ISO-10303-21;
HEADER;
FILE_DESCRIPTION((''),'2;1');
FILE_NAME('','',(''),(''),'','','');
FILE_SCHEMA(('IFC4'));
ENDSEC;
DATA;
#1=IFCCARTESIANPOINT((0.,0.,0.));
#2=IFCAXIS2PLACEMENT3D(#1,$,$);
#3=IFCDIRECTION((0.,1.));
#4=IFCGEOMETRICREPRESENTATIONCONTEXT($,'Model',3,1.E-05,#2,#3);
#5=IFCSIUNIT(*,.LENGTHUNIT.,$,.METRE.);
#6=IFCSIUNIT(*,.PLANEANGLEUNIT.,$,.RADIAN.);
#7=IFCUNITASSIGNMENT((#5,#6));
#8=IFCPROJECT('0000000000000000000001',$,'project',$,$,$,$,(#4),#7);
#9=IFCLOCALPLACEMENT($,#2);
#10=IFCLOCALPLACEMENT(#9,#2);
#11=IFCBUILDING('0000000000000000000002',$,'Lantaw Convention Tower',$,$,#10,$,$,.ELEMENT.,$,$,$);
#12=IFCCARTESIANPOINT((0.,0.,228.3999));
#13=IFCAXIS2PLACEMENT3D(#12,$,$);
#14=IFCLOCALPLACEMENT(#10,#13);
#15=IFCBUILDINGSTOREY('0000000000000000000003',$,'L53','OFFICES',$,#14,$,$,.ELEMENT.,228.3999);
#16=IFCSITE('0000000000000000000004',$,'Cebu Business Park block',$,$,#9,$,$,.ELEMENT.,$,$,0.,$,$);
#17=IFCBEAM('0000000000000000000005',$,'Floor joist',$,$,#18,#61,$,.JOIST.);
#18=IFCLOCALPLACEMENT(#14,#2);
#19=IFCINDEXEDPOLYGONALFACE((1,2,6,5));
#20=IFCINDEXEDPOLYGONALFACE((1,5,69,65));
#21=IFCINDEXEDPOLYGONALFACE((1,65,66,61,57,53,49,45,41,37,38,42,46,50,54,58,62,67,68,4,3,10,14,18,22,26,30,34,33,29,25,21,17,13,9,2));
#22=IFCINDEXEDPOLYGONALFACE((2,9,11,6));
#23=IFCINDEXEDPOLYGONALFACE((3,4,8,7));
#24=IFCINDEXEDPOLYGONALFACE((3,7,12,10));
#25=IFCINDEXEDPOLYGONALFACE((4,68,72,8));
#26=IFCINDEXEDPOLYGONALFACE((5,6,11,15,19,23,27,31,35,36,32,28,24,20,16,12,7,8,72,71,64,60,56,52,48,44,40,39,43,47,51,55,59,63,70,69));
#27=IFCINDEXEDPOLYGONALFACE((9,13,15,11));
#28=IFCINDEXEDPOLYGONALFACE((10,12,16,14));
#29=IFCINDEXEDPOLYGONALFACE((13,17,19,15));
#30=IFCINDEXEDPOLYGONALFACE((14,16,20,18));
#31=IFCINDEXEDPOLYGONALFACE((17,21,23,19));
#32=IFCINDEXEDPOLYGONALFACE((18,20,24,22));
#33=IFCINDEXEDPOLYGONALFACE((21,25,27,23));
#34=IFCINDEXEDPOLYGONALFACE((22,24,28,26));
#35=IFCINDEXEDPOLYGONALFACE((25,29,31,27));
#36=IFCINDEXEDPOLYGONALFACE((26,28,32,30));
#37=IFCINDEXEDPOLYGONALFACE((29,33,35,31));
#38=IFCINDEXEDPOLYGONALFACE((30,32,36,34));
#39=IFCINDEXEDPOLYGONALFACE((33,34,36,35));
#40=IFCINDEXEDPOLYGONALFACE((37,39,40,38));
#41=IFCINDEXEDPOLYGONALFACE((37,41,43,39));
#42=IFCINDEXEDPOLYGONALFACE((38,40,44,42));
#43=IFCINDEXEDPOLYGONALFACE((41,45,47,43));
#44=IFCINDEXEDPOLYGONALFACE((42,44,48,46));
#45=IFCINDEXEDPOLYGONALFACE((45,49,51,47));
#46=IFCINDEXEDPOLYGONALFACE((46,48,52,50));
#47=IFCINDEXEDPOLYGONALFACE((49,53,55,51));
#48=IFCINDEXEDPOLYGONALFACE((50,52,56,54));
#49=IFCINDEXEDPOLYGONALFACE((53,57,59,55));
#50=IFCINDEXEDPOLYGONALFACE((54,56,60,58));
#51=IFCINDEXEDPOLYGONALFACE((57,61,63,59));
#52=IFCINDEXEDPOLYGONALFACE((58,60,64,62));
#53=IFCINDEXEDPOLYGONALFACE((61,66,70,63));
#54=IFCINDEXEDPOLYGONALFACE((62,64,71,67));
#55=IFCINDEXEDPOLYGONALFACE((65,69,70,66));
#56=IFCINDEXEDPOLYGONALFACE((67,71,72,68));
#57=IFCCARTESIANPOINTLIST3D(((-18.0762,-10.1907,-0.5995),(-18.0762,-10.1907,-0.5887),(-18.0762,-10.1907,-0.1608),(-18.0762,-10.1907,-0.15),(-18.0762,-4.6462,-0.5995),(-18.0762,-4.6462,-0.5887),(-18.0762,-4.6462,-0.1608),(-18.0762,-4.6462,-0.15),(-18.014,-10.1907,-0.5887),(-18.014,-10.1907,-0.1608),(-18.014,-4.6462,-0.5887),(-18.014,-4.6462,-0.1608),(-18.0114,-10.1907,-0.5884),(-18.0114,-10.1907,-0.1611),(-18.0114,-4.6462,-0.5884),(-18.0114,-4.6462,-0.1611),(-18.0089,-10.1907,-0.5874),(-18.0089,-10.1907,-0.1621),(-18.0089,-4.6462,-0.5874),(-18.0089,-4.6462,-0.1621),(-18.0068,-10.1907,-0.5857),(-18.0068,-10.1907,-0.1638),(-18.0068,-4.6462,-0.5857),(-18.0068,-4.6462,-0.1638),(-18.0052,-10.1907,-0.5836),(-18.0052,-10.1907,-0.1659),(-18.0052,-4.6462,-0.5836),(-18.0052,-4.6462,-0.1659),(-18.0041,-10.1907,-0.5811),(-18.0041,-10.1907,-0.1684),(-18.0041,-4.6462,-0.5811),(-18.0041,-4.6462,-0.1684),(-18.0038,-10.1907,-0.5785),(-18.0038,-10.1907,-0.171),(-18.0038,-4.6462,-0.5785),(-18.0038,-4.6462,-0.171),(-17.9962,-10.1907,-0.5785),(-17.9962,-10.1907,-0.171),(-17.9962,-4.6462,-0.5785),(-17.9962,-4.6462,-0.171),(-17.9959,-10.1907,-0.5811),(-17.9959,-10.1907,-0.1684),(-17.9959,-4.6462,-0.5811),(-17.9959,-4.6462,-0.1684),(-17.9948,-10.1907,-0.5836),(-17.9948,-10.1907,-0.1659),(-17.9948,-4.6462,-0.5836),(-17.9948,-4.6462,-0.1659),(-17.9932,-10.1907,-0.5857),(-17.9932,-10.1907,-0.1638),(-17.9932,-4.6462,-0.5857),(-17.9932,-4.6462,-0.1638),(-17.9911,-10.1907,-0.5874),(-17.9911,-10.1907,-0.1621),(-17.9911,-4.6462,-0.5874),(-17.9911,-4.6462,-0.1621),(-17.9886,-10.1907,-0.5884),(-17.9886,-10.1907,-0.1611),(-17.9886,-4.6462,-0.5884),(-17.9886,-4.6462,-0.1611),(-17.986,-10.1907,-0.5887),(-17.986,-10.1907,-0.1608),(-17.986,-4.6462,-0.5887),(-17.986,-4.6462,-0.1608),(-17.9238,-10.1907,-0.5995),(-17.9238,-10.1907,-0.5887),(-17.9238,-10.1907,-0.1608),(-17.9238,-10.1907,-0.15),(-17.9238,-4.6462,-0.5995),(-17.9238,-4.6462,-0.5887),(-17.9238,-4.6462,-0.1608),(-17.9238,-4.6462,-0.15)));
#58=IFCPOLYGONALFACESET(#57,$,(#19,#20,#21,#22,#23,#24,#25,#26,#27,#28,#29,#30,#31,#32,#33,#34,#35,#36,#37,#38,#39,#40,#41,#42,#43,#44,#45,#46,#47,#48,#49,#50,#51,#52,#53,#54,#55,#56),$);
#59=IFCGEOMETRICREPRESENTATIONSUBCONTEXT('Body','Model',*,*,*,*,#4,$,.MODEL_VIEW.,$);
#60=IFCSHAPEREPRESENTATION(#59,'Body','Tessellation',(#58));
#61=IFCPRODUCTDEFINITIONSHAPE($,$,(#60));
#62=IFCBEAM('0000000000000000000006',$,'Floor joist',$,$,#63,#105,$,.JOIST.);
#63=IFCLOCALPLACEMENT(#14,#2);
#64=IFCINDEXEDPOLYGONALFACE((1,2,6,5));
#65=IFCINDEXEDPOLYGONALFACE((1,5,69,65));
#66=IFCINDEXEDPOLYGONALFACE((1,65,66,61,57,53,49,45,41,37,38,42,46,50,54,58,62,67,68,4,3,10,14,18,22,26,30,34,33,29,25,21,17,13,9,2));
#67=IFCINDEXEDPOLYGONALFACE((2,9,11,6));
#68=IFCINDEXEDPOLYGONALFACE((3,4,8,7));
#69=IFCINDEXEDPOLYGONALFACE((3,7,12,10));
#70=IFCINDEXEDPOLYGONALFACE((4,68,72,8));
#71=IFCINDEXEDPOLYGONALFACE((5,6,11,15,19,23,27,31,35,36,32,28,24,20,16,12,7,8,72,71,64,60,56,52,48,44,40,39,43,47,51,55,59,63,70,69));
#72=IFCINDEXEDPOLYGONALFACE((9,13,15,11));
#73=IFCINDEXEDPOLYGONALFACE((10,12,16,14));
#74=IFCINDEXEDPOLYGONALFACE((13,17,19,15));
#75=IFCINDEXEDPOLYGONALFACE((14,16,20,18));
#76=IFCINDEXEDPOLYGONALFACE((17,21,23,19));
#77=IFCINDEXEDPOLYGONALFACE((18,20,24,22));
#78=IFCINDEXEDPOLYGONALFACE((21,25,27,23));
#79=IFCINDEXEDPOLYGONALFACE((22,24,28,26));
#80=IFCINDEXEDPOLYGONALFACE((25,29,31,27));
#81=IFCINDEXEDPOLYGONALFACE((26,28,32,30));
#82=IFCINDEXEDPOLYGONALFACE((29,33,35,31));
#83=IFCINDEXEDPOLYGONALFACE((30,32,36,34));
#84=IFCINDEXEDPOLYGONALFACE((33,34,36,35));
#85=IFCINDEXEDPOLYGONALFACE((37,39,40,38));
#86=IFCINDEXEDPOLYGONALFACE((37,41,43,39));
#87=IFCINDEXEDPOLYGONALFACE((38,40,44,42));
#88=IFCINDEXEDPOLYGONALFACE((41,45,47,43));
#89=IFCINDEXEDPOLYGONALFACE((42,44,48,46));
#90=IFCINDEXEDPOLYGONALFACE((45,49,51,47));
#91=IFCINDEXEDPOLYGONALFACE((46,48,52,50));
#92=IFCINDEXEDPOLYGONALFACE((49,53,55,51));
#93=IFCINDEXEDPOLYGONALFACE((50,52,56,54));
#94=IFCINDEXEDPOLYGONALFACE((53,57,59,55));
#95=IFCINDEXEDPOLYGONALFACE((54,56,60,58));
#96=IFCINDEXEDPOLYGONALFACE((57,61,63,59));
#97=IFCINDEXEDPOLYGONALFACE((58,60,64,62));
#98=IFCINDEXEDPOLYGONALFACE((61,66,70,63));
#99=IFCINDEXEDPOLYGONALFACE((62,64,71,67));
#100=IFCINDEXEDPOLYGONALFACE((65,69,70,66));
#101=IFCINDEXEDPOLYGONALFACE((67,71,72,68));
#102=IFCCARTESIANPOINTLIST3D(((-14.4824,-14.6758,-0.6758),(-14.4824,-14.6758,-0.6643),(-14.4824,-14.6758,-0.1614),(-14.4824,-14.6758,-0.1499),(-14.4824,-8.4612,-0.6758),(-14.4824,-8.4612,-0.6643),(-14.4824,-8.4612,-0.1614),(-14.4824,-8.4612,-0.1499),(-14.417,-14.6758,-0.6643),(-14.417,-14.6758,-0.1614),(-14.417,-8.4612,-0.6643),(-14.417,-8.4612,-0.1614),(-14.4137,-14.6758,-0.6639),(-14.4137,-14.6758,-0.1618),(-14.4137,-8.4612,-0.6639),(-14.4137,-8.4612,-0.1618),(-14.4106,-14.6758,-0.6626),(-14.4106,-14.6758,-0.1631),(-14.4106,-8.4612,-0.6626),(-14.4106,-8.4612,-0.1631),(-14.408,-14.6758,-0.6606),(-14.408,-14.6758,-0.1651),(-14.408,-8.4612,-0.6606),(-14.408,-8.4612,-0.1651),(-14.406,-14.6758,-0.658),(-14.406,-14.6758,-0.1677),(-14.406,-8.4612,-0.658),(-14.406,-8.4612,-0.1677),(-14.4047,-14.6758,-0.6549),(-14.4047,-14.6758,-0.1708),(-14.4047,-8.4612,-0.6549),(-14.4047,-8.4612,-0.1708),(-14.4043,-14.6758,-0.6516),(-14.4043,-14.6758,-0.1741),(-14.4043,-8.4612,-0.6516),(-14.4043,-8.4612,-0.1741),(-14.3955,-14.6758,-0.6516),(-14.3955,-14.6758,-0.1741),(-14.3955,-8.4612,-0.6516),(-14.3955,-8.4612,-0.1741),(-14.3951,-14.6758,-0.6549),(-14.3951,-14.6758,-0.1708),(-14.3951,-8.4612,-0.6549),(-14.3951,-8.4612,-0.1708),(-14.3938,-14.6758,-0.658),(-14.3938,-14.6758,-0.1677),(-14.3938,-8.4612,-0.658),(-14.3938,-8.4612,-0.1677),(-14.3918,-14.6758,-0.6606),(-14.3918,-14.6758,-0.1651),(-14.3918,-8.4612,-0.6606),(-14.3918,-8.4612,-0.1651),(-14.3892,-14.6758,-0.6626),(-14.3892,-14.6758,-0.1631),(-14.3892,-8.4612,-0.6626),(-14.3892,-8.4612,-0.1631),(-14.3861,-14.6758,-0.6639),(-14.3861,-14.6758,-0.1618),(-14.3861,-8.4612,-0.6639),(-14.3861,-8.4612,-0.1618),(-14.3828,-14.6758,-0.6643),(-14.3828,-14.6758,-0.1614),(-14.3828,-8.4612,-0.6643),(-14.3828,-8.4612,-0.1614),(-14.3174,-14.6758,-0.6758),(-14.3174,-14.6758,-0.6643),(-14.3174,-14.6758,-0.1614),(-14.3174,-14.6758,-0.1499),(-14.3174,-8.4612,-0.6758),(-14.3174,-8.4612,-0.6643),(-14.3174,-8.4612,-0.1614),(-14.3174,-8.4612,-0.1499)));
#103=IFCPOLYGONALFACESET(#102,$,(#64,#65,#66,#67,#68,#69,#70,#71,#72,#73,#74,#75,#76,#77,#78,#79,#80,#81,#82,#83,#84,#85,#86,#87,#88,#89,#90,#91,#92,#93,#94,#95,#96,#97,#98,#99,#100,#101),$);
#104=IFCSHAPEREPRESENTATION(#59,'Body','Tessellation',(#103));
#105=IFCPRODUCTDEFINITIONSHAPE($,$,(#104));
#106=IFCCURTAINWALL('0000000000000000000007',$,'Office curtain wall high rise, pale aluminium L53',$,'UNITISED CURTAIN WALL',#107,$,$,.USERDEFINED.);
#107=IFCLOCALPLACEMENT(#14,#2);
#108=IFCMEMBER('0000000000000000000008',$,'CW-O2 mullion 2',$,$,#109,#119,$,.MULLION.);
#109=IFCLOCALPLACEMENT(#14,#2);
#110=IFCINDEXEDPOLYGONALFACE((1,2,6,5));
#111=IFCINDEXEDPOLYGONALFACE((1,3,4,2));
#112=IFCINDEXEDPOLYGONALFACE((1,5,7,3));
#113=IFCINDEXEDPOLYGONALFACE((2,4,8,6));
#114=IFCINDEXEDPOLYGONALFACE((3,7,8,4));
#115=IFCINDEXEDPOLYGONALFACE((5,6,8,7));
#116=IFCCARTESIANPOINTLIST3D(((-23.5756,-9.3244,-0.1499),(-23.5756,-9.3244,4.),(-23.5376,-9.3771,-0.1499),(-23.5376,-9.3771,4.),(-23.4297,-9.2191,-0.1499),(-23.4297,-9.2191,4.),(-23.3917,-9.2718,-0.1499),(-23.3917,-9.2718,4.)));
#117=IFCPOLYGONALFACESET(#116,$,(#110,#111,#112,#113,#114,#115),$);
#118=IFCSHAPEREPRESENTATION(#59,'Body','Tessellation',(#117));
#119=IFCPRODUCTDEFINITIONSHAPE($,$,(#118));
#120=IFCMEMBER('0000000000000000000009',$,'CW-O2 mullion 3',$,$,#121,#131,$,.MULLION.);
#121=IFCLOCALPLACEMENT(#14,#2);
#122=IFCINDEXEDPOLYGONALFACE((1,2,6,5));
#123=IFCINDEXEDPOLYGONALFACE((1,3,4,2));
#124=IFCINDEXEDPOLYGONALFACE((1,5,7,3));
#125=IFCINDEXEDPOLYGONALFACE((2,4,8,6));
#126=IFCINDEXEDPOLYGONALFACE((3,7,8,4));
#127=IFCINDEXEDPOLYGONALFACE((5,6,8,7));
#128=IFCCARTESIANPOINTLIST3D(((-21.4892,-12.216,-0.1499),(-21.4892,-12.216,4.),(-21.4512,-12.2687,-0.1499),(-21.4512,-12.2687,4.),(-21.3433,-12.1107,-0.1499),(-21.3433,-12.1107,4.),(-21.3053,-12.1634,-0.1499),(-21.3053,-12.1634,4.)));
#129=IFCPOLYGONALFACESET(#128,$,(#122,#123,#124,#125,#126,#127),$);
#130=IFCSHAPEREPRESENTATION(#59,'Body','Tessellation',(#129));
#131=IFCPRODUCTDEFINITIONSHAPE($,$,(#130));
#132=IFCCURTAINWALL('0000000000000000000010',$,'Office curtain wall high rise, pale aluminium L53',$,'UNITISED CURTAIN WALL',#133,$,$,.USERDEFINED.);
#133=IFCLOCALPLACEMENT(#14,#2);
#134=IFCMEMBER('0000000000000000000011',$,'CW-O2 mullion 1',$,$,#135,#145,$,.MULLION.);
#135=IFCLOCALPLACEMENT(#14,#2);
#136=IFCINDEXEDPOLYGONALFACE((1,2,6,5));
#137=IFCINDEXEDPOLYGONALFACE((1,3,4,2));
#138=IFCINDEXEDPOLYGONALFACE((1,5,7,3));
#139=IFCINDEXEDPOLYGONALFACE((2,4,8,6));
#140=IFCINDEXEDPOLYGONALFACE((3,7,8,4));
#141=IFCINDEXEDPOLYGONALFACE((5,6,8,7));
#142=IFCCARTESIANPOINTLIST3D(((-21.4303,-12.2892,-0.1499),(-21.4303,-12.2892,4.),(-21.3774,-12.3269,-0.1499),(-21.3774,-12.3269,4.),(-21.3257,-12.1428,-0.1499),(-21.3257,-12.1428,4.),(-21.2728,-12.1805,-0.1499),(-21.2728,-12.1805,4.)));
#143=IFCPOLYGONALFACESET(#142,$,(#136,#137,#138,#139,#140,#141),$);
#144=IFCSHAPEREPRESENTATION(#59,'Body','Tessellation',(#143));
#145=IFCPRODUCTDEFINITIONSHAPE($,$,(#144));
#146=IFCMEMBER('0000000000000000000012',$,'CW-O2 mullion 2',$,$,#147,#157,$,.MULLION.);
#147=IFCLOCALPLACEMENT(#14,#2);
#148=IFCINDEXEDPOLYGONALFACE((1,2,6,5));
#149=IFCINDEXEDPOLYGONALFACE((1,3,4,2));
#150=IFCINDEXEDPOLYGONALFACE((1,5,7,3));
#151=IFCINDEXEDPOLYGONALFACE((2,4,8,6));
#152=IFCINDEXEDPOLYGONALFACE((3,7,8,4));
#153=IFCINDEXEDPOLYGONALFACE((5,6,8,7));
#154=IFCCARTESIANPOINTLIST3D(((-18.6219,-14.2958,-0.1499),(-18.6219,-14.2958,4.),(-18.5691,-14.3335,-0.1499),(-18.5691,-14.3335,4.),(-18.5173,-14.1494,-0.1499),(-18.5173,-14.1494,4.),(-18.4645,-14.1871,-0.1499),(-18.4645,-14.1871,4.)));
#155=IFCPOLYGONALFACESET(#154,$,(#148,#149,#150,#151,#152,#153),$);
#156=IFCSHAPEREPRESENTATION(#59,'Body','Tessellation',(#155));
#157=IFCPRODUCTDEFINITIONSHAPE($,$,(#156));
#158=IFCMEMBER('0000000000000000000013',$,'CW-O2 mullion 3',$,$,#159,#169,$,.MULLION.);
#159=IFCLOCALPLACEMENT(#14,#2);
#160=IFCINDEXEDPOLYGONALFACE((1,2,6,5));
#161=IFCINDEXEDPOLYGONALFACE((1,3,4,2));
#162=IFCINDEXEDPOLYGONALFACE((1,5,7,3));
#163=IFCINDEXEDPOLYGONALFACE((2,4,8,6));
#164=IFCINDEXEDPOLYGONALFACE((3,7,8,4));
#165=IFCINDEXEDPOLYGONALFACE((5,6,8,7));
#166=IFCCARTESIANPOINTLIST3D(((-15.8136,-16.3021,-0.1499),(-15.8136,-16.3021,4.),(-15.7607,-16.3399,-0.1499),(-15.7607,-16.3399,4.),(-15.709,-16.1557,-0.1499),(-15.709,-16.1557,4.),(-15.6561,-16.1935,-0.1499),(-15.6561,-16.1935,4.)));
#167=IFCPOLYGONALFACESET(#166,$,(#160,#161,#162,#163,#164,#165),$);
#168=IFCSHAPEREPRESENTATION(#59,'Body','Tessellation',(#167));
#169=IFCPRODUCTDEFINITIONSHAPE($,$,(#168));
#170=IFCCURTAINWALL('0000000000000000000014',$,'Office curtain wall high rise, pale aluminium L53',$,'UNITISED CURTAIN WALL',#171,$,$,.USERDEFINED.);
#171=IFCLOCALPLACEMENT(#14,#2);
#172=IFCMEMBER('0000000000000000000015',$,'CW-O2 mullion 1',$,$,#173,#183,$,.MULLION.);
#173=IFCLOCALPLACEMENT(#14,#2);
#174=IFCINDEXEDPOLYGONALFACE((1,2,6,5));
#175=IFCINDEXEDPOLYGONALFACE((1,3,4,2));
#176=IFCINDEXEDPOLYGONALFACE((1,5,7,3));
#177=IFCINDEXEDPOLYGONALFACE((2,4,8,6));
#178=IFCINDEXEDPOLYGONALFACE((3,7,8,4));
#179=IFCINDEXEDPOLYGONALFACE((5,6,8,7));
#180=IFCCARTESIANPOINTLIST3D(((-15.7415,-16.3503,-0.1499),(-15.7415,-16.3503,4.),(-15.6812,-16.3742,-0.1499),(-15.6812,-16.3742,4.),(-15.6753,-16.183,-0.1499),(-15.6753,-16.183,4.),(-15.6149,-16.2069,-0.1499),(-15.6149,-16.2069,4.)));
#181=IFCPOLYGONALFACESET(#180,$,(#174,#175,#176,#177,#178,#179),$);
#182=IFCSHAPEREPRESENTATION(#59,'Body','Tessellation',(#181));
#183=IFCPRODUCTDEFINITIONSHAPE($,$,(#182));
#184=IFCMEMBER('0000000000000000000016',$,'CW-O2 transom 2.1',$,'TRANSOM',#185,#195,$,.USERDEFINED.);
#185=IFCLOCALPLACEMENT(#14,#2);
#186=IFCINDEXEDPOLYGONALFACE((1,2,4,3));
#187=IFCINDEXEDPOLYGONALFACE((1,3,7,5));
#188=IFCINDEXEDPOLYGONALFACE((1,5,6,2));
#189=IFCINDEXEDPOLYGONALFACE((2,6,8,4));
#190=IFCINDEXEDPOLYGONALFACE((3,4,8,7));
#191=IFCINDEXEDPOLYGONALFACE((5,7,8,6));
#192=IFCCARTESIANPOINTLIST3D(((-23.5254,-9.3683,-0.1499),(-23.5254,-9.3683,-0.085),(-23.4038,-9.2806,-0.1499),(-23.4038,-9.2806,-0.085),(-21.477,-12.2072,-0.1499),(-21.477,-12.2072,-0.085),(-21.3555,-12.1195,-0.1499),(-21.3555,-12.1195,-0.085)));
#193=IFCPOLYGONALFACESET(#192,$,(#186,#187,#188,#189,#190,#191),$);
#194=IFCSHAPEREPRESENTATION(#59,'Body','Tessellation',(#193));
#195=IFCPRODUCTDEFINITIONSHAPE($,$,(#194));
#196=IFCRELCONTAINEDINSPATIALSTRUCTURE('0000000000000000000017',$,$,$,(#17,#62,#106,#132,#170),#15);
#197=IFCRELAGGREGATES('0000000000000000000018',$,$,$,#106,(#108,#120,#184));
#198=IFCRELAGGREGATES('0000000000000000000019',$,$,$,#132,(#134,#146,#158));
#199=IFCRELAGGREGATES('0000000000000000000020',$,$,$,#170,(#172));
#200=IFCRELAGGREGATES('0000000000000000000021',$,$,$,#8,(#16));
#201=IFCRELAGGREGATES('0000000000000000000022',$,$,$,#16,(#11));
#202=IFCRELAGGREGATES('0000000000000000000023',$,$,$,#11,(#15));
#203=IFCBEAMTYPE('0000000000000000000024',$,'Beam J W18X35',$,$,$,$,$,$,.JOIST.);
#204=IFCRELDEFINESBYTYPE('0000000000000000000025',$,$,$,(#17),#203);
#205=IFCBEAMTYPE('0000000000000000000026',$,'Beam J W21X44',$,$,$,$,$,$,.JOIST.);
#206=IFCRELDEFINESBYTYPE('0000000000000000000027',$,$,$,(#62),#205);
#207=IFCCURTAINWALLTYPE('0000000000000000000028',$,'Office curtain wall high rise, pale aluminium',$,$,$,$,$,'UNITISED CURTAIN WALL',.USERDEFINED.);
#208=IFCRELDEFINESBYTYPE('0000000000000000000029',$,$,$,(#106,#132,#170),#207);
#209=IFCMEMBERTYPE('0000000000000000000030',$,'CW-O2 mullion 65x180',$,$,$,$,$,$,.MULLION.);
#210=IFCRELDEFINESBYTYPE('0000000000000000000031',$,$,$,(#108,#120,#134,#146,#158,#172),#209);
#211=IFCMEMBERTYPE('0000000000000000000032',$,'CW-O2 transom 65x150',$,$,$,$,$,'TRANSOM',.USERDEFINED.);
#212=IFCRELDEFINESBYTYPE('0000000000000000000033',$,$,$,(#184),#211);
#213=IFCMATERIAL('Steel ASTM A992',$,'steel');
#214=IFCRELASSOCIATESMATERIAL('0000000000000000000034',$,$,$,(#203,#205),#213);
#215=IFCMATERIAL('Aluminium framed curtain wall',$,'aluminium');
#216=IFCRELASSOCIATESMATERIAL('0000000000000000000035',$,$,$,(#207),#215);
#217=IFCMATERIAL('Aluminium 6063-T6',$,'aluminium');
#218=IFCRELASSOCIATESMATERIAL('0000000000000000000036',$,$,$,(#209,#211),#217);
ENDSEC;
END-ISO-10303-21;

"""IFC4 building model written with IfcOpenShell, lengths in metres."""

from ifc_helpers import new_model, si_unit, direction, frame, origin, origin_2d, place, context, subcontext, project, spatial, rectangle, i_section, extrude, material, material_profile, profile_set, type_object, element, aggregate, save


model = new_model("IFC4")

# Units and contexts
model_context = context("Model", 3, precision=1e-05, world=origin(), true_north=direction((0.0, 1.0)))
body_context = subcontext(model_context, "Body", "Model", "MODEL_VIEW")
ifc_project = project(units=[si_unit("LENGTHUNIT", "METRE"), si_unit("PLANEANGLEUNIT", "RADIAN")], contexts=[model_context])

# Site, building, storey
site_placement = place(None, origin())
site = spatial("IfcSite", under=ifc_project, at=site_placement, Name="Cebu Business Park block", CompositionType="ELEMENT", RefElevation=0.0)
building_placement = place(site_placement, origin())
building = spatial("IfcBuilding", under=site, at=building_placement, Name="Lantaw Convention Tower", CompositionType="ELEMENT")
storey_placement = place(building_placement, frame((0.0, 0.0, 228.3999)))
storey = spatial("IfcBuildingStorey", under=building, at=storey_placement, Name="L53", Description="OFFICES", CompositionType="ELEMENT", Elevation=228.3999)

# Beams
ifc_material_1 = material(Name="Steel ASTM A992", Category="steel")
ifc_material_profile_1 = material_profile(ifc_material_1, i_section(OverallWidth=0.1523, OverallDepth=0.4495, WebThickness=0.0076, FlangeThickness=0.0107, FilletRadius=0.0103, at=origin_2d()), Name="W18X35")
ifc_profile_set_1 = profile_set([ifc_material_profile_1], Name="Steel ASTM A992")
beam_type_1 = type_object("IfcBeamType", Name="Beam J W18X35", PredefinedType="JOIST", material=ifc_profile_set_1)
beam_1_placement = place(storey_placement, frame((-18.0, -10.1907, -0.3748), z_axis=(0.0, 1.0, 0.0), x_axis=(-1.0, 0.0, 0.0)))
element("IfcBeam", 1, at=beam_1_placement, inside=storey, type_object=beam_type_1, Name="Floor joist", PredefinedType="JOIST", context=body_context, shape_type="SweptSolid", body=[
    extrude(i_section(OverallWidth=0.1523, OverallDepth=0.4495, WebThickness=0.0076, FlangeThickness=0.0107, FilletRadius=0.0103, at=origin_2d()), origin(), (0.0, 0.0, 1.0), 5.5444),
])
ifc_material_profile_2 = material_profile(ifc_material_1, i_section(OverallWidth=0.165, OverallDepth=0.5259, WebThickness=0.0088, FlangeThickness=0.0115, FilletRadius=0.0127, at=origin_2d()), Name="W21X44")
ifc_profile_set_2 = profile_set([ifc_material_profile_2], Name="Steel ASTM A992")
beam_type_2 = type_object("IfcBeamType", Name="Beam J W21X44", PredefinedType="JOIST", material=ifc_profile_set_2)
beam_2_placement = place(storey_placement, frame((-14.3999, -14.6758, -0.4128), z_axis=(0.0, 1.0, 0.0), x_axis=(-1.0, 0.0, 0.0)))
element("IfcBeam", 2, at=beam_2_placement, inside=storey, type_object=beam_type_2, Name="Floor joist", PredefinedType="JOIST", context=body_context, shape_type="SweptSolid", body=[
    extrude(i_section(OverallWidth=0.165, OverallDepth=0.5259, WebThickness=0.0088, FlangeThickness=0.0115, FilletRadius=0.0127, at=origin_2d()), origin(), (0.0, 0.0, 1.0), 6.2146),
])

# Curtain walls, members
ifc_material_2 = material(Name="Aluminium framed curtain wall", Category="aluminium")
curtain_wall_type = type_object("IfcCurtainWallType", Name="Office curtain wall high rise, pale aluminium", ElementType="UNITISED CURTAIN WALL", PredefinedType="USERDEFINED", material=ifc_material_2)
curtain_wall_1_placement = place(storey_placement, origin())
curtain_wall_1 = element("IfcCurtainWall", 3, at=curtain_wall_1_placement, inside=storey, type_object=curtain_wall_type, Name="Office curtain wall high rise, pale aluminium L53", ObjectType="UNITISED CURTAIN WALL", PredefinedType="USERDEFINED")
ifc_material_3 = material(Name="Aluminium 6063-T6", Category="aluminium")
ifc_material_profile_3 = material_profile(ifc_material_3, rectangle(XDim=0.1799, YDim=0.0649, at=origin_2d()), Name="CW-O2 mullion 65x180")
ifc_profile_set_3 = profile_set([ifc_material_profile_3], Name="Aluminium 6063-T6")
member_type_1 = type_object("IfcMemberType", Name="CW-O2 mullion 65x180", PredefinedType="MULLION", material=ifc_profile_set_3)
member_1_placement = place(storey_placement, frame((-23.4836, -9.2981, -0.1499), z_axis=(0.0, 0.0, 1.0), x_axis=(0.81092, 0.585158, 0.0)))
member_1 = element("IfcMember", 4, at=member_1_placement, type_object=member_type_1, Name="CW-O2 mullion 2", PredefinedType="MULLION", context=body_context, shape_type="SweptSolid", body=[
    extrude(rectangle(XDim=0.1799, YDim=0.0649, at=origin_2d()), origin(), (0.0, 0.0, 1.0), 4.1499),
])
member_2_placement = place(storey_placement, frame((-21.3972, -12.1897, -0.1499), z_axis=(0.0, 0.0, 1.0), x_axis=(0.81092, 0.585158, 0.0)))
member_2 = element("IfcMember", 5, at=member_2_placement, type_object=member_type_1, Name="CW-O2 mullion 3", PredefinedType="MULLION", context=body_context, shape_type="SweptSolid", body=[
    extrude(rectangle(XDim=0.1799, YDim=0.0649, at=origin_2d()), origin(), (0.0, 0.0, 1.0), 4.1499),
])
curtain_wall_2_placement = place(storey_placement, origin())
curtain_wall_2 = element("IfcCurtainWall", 6, at=curtain_wall_2_placement, inside=storey, type_object=curtain_wall_type, Name="Office curtain wall high rise, pale aluminium L53", ObjectType="UNITISED CURTAIN WALL", PredefinedType="USERDEFINED")
member_3_placement = place(storey_placement, frame((-21.3516, -12.2349, -0.1499), z_axis=(0.0, 0.0, 1.0), x_axis=(0.581323, 0.813673, 0.0)))
member_3 = element("IfcMember", 7, at=member_3_placement, type_object=member_type_1, Name="CW-O2 mullion 1", PredefinedType="MULLION", context=body_context, shape_type="SweptSolid", body=[
    extrude(rectangle(XDim=0.1799, YDim=0.0649, at=origin_2d()), origin(), (0.0, 0.0, 1.0), 4.1499),
])
member_4_placement = place(storey_placement, frame((-18.5432, -14.2415, -0.1499), z_axis=(0.0, 0.0, 1.0), x_axis=(0.581323, 0.813673, 0.0)))
member_4 = element("IfcMember", 8, at=member_4_placement, type_object=member_type_1, Name="CW-O2 mullion 2", PredefinedType="MULLION", context=body_context, shape_type="SweptSolid", body=[
    extrude(rectangle(XDim=0.1799, YDim=0.0649, at=origin_2d()), origin(), (0.0, 0.0, 1.0), 4.1499),
])
member_5_placement = place(storey_placement, frame((-15.7349, -16.2478, -0.1499), z_axis=(0.0, 0.0, 1.0), x_axis=(0.581323, 0.813673, 0.0)))
member_5 = element("IfcMember", 9, at=member_5_placement, type_object=member_type_1, Name="CW-O2 mullion 3", PredefinedType="MULLION", context=body_context, shape_type="SweptSolid", body=[
    extrude(rectangle(XDim=0.1799, YDim=0.0649, at=origin_2d()), origin(), (0.0, 0.0, 1.0), 4.1499),
])

# Curtain wall, member
curtain_wall_3_placement = place(storey_placement, origin())
curtain_wall_3 = element("IfcCurtainWall", 10, at=curtain_wall_3_placement, inside=storey, type_object=curtain_wall_type, Name="Office curtain wall high rise, pale aluminium L53", ObjectType="UNITISED CURTAIN WALL", PredefinedType="USERDEFINED")
member_6_placement = place(storey_placement, frame((-15.6782, -16.2786, -0.1499), z_axis=(0.0, 0.0, 1.0), x_axis=(0.368162, 0.929762, 0.0)))
member_6 = element("IfcMember", 11, at=member_6_placement, type_object=member_type_1, Name="CW-O2 mullion 1", PredefinedType="MULLION", context=body_context, shape_type="SweptSolid", body=[
    extrude(rectangle(XDim=0.1799, YDim=0.0649, at=origin_2d()), origin(), (0.0, 0.0, 1.0), 4.1499),
])

# Member
ifc_material_profile_4 = material_profile(ifc_material_3, rectangle(XDim=0.1499, YDim=0.0649, at=origin_2d()), Name="CW-O2 transom 65x150")
ifc_profile_set_4 = profile_set([ifc_material_profile_4], Name="Aluminium 6063-T6")
member_type_2 = type_object("IfcMemberType", Name="CW-O2 transom 65x150", ElementType="TRANSOM", PredefinedType="USERDEFINED", material=ifc_profile_set_4)
member_7_placement = place(storey_placement, frame((-23.4646, -9.3245, -0.1174), z_axis=(0.585124, -0.810944, 0.0), x_axis=(0.810944, 0.585124, 0.0)))
member_7 = element("IfcMember", 12, at=member_7_placement, type_object=member_type_2, Name="CW-O2 transom 2.1", ObjectType="TRANSOM", PredefinedType="USERDEFINED", context=body_context, shape_type="SweptSolid", body=[
    extrude(rectangle(XDim=0.1499, YDim=0.0649, at=origin_2d()), origin(), (0.0, 0.0, 1.0), 3.5007),
])

aggregate(curtain_wall_1, [member_1, member_2, member_7])
aggregate(curtain_wall_2, [member_3, member_4, member_5])
aggregate(curtain_wall_3, [member_6])

save(model, "model.ifc")
